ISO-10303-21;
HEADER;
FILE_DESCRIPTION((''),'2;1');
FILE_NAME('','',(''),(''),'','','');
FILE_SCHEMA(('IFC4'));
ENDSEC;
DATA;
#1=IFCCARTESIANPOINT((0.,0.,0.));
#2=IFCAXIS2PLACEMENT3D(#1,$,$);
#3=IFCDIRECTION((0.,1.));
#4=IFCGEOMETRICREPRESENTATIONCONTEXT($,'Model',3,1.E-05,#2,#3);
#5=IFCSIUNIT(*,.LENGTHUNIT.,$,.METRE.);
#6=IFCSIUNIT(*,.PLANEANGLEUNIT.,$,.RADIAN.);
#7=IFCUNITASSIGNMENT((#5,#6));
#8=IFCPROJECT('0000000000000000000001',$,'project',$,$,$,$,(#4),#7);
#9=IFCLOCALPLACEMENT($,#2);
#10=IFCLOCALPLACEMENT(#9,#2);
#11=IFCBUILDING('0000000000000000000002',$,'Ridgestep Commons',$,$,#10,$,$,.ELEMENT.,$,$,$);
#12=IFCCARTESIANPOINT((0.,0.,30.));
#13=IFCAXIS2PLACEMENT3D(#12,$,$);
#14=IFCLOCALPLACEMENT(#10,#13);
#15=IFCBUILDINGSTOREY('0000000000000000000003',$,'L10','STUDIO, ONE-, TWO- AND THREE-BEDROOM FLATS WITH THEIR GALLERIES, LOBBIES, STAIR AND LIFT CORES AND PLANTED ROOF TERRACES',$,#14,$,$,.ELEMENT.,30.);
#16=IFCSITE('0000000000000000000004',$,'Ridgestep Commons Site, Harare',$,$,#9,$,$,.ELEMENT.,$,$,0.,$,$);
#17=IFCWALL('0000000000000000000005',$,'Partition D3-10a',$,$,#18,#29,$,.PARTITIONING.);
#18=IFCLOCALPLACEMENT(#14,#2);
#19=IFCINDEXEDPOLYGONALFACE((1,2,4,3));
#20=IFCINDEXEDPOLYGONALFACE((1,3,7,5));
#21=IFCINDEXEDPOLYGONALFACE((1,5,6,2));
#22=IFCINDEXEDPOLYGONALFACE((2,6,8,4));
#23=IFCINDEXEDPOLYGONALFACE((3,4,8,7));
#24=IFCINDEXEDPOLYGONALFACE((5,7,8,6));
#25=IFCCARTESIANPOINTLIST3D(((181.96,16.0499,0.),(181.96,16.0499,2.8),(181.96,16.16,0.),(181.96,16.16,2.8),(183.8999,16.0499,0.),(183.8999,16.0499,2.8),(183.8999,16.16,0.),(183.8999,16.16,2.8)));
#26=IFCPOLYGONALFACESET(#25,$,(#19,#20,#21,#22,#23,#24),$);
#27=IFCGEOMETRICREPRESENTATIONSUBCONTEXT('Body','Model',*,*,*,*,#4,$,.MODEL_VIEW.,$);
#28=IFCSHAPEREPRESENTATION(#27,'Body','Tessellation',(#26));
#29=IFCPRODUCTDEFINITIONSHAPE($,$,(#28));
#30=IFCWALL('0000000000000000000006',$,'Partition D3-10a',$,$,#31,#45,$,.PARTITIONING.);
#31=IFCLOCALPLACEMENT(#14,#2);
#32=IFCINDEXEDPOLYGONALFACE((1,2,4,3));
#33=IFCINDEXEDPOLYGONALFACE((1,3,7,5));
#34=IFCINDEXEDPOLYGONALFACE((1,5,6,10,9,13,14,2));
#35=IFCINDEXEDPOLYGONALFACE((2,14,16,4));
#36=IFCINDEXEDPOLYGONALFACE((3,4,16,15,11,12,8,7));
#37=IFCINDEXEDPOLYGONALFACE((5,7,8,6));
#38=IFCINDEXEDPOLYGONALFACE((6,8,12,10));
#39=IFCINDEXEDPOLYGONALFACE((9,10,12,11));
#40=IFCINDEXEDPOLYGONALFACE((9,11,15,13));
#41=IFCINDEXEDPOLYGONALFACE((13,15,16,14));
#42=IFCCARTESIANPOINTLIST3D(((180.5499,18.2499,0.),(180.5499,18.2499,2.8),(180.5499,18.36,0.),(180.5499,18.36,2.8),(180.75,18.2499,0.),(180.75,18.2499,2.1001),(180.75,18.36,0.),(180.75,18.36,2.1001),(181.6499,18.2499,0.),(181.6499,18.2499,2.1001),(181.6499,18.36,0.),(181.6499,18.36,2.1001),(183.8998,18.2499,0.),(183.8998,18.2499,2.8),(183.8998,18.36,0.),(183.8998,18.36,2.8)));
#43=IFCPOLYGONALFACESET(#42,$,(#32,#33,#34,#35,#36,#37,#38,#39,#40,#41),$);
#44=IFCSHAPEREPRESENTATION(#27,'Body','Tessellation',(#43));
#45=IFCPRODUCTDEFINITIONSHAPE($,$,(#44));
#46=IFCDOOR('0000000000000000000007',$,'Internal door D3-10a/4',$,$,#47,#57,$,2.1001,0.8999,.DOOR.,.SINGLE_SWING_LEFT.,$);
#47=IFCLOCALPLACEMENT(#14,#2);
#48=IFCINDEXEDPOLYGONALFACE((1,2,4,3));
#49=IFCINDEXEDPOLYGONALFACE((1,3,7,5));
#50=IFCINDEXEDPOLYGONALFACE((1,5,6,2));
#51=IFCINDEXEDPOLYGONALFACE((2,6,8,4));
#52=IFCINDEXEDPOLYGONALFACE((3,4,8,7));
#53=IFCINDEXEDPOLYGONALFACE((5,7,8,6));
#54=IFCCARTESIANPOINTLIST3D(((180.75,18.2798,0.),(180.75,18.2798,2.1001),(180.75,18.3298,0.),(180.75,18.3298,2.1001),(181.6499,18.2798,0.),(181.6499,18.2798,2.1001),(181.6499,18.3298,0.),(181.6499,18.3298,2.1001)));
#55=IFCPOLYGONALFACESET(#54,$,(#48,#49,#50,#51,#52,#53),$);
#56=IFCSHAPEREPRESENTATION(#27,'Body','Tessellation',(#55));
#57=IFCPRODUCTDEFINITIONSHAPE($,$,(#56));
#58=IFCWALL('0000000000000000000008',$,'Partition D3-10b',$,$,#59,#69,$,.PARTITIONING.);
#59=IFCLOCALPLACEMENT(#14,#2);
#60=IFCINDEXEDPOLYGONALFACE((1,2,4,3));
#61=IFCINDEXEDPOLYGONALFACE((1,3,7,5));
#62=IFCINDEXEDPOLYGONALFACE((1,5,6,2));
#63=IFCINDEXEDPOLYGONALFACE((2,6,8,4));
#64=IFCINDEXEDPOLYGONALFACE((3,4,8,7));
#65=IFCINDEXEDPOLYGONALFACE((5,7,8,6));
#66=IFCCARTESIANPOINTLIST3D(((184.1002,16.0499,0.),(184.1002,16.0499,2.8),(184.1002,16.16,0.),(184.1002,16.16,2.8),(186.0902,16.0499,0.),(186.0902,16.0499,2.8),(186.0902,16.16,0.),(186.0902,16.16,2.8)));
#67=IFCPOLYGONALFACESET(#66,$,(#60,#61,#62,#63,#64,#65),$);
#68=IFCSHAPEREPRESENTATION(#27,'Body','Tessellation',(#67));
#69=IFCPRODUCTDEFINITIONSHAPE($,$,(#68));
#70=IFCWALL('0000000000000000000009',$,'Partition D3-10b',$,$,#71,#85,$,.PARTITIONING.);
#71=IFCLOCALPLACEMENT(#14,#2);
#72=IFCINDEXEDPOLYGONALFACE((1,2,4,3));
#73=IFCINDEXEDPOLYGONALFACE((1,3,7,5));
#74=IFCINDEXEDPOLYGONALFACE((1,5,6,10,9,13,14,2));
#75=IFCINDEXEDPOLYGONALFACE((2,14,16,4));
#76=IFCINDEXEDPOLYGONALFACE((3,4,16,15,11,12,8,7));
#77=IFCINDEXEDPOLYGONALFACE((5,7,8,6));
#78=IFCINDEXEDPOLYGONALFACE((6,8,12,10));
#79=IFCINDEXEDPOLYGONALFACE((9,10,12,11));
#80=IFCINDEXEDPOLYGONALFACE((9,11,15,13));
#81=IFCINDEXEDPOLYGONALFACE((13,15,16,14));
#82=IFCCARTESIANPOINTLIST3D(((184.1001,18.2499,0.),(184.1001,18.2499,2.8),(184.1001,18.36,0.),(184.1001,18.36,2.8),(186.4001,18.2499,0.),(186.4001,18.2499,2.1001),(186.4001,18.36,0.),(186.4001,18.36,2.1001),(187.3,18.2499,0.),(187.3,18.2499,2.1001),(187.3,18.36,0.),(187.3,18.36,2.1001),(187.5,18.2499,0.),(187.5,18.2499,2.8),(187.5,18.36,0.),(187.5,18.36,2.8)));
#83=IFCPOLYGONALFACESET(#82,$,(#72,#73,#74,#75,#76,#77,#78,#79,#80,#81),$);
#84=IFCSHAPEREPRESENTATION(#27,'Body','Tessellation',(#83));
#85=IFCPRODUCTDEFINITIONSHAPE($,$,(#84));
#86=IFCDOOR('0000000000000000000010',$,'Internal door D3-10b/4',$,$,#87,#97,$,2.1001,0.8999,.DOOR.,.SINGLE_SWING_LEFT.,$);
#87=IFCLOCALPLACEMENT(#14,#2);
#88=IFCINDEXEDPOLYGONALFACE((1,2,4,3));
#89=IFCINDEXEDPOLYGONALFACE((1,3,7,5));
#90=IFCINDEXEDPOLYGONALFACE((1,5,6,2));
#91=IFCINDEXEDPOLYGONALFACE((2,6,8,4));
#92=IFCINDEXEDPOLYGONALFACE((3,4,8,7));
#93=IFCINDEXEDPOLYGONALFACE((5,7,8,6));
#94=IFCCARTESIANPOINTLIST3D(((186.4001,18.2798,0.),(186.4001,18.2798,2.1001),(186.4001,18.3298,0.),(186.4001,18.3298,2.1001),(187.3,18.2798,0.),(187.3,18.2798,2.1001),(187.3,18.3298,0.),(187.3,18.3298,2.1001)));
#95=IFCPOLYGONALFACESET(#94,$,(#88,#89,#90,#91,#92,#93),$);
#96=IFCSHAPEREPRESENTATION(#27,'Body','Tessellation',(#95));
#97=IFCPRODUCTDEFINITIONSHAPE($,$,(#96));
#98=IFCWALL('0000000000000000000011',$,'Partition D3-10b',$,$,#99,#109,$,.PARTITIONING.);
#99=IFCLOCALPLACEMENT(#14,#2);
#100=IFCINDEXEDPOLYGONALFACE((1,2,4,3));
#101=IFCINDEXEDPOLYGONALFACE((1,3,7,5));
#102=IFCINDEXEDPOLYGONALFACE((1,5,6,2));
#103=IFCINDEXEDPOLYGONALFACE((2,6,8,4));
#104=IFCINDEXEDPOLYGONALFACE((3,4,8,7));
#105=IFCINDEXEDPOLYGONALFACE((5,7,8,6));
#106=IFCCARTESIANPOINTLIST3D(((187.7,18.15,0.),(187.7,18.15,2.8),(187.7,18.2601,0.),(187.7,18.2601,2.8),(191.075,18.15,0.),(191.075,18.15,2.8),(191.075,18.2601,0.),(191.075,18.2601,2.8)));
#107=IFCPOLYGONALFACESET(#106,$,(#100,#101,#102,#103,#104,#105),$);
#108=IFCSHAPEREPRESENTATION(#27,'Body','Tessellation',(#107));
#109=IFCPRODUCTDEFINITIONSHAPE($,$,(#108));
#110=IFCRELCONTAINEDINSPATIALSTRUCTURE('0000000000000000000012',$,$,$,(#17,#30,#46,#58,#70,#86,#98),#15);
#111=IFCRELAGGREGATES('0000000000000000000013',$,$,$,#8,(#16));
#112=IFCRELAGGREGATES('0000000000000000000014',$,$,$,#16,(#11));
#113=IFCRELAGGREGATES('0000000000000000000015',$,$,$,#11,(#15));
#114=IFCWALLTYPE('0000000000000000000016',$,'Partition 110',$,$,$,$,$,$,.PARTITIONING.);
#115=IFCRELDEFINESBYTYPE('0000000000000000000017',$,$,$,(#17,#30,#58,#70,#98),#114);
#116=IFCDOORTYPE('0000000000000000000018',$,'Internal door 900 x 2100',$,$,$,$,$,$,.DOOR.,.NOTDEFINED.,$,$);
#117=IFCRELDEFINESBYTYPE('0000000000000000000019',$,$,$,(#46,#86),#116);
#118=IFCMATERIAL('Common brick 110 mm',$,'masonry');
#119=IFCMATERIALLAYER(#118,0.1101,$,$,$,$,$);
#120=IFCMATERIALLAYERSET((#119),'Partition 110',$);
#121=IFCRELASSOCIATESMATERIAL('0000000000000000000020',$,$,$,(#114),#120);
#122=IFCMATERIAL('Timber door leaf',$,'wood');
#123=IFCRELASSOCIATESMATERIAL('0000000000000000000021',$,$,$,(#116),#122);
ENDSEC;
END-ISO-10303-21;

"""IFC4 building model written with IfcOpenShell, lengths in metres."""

from ifc_helpers import new_model, si_unit, direction, frame, frame_2d, origin, place, context, subcontext, project, spatial, rectangle, extrude, material, layer, layer_set, type_object, element, fill, save


model = new_model("IFC4")

# Units and contexts
model_context = context("Model", 3, precision=1e-05, world=origin(), true_north=direction((0.0, 1.0)))
body_context = subcontext(model_context, "Body", "Model", "MODEL_VIEW")
ifc_project = project(units=[si_unit("LENGTHUNIT", "METRE"), si_unit("PLANEANGLEUNIT", "RADIAN")], contexts=[model_context])

# Site, building, storey
site_placement = place(None, origin())
site = spatial("IfcSite", under=ifc_project, at=site_placement, Name="Ridgestep Commons Site, Harare", CompositionType="ELEMENT", RefElevation=0.0)
building_placement = place(site_placement, origin())
building = spatial("IfcBuilding", under=site, at=building_placement, Name="Ridgestep Commons", CompositionType="ELEMENT")
storey_placement = place(building_placement, frame((0.0, 0.0, 30.0)))
storey = spatial("IfcBuildingStorey", under=building, at=storey_placement, Name="L10", Description="STUDIO, ONE-, TWO- AND THREE-BEDROOM FLATS WITH THEIR GALLERIES, LOBBIES, STAIR AND LIFT CORES AND PLANTED ROOF TERRACES", CompositionType="ELEMENT", Elevation=30.0)

# Wall
ifc_material_1 = material(Name="Common brick 110 mm", Category="masonry")
ifc_layer_1 = layer(ifc_material_1, 0.1101)
ifc_layer_set_1 = layer_set([ifc_layer_1], Name="Partition 110")
wall_type_1 = type_object("IfcWallType", Name="Partition 110", PredefinedType="PARTITIONING", material=ifc_layer_set_1)
wall_1_placement = place(storey_placement, frame((181.96, 16.105, 0.0), z_axis=(0.0, 0.0, 1.0), x_axis=(1.0, 0.0, 0.0)))
element("IfcWall", 1, at=wall_1_placement, inside=storey, type_object=wall_type_1, Name="Partition D3-10a", PredefinedType="PARTITIONING", context=body_context, shape_type="SweptSolid", body=[
    extrude(rectangle(XDim=1.9399, YDim=0.1101, at=frame_2d((0.97, 0.0))), origin(), (0.0, 0.0, 1.0), 2.8),
])

# Wall, opening, door
wall_2_placement = place(storey_placement, frame((180.55, 18.3049, 0.0), z_axis=(0.0, 0.0, 1.0), x_axis=(1.0, 0.0, 0.0)))
wall_2 = element("IfcWall", 2, at=wall_2_placement, inside=storey, type_object=wall_type_1, Name="Partition D3-10a", PredefinedType="PARTITIONING", context=body_context, shape_type="SweptSolid", body=[
    extrude(rectangle(XDim=3.3499, YDim=0.1101, at=frame_2d((1.6748, 0.0))), origin(), (0.0, 0.0, 1.0), 2.8),
])
opening_1_placement = place(wall_2_placement, frame((0.2, 0.0, 0.0)))
opening_1 = element("IfcOpeningElement", 3, at=opening_1_placement, cuts=wall_2, PredefinedType="OPENING", context=body_context, shape_type="SweptSolid", body=[
    extrude(rectangle(XDim=0.8999, YDim=2.1001, at=frame_2d((0.45, 1.05))), frame((0.0, 0.0649, 0.0), z_axis=(0.0, -1.0, 0.0), x_axis=(1.0, 0.0, 0.0)), (0.0, 0.0, 1.0), 0.1301),
])
ifc_material_2 = material(Name="Timber door leaf", Category="wood")
door_type_1 = type_object("IfcDoorType", Name="Internal door 900 x 2100", OperationType="NOTDEFINED", PredefinedType="DOOR", material=ifc_material_2)
door_1_placement = place(opening_1_placement, origin())
door_1 = element("IfcDoor", 4, at=door_1_placement, inside=storey, type_object=door_type_1, Name="Internal door D3-10a/4", OperationType="SINGLE_SWING_LEFT", OverallHeight=2.1001, OverallWidth=0.8999, PredefinedType="DOOR", context=body_context, shape_type="SweptSolid", body=[
    extrude(rectangle(XDim=0.8999, YDim=2.1001, at=frame_2d((0.45, 1.05))), frame((0.0, 0.0249, 0.0), z_axis=(0.0, -1.0, 0.0), x_axis=(1.0, 0.0, 0.0)), (0.0, 0.0, 1.0), 0.05),
])
fill(opening_1, door_1)

# Wall
wall_3_placement = place(storey_placement, frame((184.1001, 16.105, 0.0), z_axis=(0.0, 0.0, 1.0), x_axis=(1.0, 0.0, 0.0)))
element("IfcWall", 5, at=wall_3_placement, inside=storey, type_object=wall_type_1, Name="Partition D3-10b", PredefinedType="PARTITIONING", context=body_context, shape_type="SweptSolid", body=[
    extrude(rectangle(XDim=1.99, YDim=0.1101, at=frame_2d((0.9951, 0.0))), origin(), (0.0, 0.0, 1.0), 2.8),
])

# Wall, opening, door
wall_4_placement = place(storey_placement, frame((184.1001, 18.3049, 0.0), z_axis=(0.0, 0.0, 1.0), x_axis=(1.0, 0.0, 0.0)))
wall_4 = element("IfcWall", 6, at=wall_4_placement, inside=storey, type_object=wall_type_1, Name="Partition D3-10b", PredefinedType="PARTITIONING", context=body_context, shape_type="SweptSolid", body=[
    extrude(rectangle(XDim=3.3999, YDim=0.1101, at=frame_2d((1.7, 0.0))), origin(), (0.0, 0.0, 1.0), 2.8),
])
opening_2_placement = place(wall_4_placement, frame((2.3, 0.0, 0.0)))
opening_2 = element("IfcOpeningElement", 7, at=opening_2_placement, cuts=wall_4, PredefinedType="OPENING", context=body_context, shape_type="SweptSolid", body=[
    extrude(rectangle(XDim=0.8999, YDim=2.1001, at=frame_2d((0.45, 1.05))), frame((0.0, 0.0649, 0.0), z_axis=(0.0, -1.0, 0.0), x_axis=(1.0, 0.0, 0.0)), (0.0, 0.0, 1.0), 0.1301),
])
door_2_placement = place(opening_2_placement, origin())
door_2 = element("IfcDoor", 8, at=door_2_placement, inside=storey, type_object=door_type_1, Name="Internal door D3-10b/4", OperationType="SINGLE_SWING_LEFT", OverallHeight=2.1001, OverallWidth=0.8999, PredefinedType="DOOR", context=body_context, shape_type="SweptSolid", body=[
    extrude(rectangle(XDim=0.8999, YDim=2.1001, at=frame_2d((0.45, 1.05))), frame((0.0, 0.0249, 0.0), z_axis=(0.0, -1.0, 0.0), x_axis=(1.0, 0.0, 0.0)), (0.0, 0.0, 1.0), 0.05),
])
fill(opening_2, door_2)

# Wall
wall_5_placement = place(storey_placement, frame((187.7, 18.2051, 0.0), z_axis=(0.0, 0.0, 1.0), x_axis=(1.0, 0.0, 0.0)))
element("IfcWall", 9, at=wall_5_placement, inside=storey, type_object=wall_type_1, Name="Partition D3-10b", PredefinedType="PARTITIONING", context=body_context, shape_type="SweptSolid", body=[
    extrude(rectangle(XDim=3.375, YDim=0.1101, at=frame_2d((1.6875, 0.0))), origin(), (0.0, 0.0, 1.0), 2.8),
])

save(model, "model.ifc")
